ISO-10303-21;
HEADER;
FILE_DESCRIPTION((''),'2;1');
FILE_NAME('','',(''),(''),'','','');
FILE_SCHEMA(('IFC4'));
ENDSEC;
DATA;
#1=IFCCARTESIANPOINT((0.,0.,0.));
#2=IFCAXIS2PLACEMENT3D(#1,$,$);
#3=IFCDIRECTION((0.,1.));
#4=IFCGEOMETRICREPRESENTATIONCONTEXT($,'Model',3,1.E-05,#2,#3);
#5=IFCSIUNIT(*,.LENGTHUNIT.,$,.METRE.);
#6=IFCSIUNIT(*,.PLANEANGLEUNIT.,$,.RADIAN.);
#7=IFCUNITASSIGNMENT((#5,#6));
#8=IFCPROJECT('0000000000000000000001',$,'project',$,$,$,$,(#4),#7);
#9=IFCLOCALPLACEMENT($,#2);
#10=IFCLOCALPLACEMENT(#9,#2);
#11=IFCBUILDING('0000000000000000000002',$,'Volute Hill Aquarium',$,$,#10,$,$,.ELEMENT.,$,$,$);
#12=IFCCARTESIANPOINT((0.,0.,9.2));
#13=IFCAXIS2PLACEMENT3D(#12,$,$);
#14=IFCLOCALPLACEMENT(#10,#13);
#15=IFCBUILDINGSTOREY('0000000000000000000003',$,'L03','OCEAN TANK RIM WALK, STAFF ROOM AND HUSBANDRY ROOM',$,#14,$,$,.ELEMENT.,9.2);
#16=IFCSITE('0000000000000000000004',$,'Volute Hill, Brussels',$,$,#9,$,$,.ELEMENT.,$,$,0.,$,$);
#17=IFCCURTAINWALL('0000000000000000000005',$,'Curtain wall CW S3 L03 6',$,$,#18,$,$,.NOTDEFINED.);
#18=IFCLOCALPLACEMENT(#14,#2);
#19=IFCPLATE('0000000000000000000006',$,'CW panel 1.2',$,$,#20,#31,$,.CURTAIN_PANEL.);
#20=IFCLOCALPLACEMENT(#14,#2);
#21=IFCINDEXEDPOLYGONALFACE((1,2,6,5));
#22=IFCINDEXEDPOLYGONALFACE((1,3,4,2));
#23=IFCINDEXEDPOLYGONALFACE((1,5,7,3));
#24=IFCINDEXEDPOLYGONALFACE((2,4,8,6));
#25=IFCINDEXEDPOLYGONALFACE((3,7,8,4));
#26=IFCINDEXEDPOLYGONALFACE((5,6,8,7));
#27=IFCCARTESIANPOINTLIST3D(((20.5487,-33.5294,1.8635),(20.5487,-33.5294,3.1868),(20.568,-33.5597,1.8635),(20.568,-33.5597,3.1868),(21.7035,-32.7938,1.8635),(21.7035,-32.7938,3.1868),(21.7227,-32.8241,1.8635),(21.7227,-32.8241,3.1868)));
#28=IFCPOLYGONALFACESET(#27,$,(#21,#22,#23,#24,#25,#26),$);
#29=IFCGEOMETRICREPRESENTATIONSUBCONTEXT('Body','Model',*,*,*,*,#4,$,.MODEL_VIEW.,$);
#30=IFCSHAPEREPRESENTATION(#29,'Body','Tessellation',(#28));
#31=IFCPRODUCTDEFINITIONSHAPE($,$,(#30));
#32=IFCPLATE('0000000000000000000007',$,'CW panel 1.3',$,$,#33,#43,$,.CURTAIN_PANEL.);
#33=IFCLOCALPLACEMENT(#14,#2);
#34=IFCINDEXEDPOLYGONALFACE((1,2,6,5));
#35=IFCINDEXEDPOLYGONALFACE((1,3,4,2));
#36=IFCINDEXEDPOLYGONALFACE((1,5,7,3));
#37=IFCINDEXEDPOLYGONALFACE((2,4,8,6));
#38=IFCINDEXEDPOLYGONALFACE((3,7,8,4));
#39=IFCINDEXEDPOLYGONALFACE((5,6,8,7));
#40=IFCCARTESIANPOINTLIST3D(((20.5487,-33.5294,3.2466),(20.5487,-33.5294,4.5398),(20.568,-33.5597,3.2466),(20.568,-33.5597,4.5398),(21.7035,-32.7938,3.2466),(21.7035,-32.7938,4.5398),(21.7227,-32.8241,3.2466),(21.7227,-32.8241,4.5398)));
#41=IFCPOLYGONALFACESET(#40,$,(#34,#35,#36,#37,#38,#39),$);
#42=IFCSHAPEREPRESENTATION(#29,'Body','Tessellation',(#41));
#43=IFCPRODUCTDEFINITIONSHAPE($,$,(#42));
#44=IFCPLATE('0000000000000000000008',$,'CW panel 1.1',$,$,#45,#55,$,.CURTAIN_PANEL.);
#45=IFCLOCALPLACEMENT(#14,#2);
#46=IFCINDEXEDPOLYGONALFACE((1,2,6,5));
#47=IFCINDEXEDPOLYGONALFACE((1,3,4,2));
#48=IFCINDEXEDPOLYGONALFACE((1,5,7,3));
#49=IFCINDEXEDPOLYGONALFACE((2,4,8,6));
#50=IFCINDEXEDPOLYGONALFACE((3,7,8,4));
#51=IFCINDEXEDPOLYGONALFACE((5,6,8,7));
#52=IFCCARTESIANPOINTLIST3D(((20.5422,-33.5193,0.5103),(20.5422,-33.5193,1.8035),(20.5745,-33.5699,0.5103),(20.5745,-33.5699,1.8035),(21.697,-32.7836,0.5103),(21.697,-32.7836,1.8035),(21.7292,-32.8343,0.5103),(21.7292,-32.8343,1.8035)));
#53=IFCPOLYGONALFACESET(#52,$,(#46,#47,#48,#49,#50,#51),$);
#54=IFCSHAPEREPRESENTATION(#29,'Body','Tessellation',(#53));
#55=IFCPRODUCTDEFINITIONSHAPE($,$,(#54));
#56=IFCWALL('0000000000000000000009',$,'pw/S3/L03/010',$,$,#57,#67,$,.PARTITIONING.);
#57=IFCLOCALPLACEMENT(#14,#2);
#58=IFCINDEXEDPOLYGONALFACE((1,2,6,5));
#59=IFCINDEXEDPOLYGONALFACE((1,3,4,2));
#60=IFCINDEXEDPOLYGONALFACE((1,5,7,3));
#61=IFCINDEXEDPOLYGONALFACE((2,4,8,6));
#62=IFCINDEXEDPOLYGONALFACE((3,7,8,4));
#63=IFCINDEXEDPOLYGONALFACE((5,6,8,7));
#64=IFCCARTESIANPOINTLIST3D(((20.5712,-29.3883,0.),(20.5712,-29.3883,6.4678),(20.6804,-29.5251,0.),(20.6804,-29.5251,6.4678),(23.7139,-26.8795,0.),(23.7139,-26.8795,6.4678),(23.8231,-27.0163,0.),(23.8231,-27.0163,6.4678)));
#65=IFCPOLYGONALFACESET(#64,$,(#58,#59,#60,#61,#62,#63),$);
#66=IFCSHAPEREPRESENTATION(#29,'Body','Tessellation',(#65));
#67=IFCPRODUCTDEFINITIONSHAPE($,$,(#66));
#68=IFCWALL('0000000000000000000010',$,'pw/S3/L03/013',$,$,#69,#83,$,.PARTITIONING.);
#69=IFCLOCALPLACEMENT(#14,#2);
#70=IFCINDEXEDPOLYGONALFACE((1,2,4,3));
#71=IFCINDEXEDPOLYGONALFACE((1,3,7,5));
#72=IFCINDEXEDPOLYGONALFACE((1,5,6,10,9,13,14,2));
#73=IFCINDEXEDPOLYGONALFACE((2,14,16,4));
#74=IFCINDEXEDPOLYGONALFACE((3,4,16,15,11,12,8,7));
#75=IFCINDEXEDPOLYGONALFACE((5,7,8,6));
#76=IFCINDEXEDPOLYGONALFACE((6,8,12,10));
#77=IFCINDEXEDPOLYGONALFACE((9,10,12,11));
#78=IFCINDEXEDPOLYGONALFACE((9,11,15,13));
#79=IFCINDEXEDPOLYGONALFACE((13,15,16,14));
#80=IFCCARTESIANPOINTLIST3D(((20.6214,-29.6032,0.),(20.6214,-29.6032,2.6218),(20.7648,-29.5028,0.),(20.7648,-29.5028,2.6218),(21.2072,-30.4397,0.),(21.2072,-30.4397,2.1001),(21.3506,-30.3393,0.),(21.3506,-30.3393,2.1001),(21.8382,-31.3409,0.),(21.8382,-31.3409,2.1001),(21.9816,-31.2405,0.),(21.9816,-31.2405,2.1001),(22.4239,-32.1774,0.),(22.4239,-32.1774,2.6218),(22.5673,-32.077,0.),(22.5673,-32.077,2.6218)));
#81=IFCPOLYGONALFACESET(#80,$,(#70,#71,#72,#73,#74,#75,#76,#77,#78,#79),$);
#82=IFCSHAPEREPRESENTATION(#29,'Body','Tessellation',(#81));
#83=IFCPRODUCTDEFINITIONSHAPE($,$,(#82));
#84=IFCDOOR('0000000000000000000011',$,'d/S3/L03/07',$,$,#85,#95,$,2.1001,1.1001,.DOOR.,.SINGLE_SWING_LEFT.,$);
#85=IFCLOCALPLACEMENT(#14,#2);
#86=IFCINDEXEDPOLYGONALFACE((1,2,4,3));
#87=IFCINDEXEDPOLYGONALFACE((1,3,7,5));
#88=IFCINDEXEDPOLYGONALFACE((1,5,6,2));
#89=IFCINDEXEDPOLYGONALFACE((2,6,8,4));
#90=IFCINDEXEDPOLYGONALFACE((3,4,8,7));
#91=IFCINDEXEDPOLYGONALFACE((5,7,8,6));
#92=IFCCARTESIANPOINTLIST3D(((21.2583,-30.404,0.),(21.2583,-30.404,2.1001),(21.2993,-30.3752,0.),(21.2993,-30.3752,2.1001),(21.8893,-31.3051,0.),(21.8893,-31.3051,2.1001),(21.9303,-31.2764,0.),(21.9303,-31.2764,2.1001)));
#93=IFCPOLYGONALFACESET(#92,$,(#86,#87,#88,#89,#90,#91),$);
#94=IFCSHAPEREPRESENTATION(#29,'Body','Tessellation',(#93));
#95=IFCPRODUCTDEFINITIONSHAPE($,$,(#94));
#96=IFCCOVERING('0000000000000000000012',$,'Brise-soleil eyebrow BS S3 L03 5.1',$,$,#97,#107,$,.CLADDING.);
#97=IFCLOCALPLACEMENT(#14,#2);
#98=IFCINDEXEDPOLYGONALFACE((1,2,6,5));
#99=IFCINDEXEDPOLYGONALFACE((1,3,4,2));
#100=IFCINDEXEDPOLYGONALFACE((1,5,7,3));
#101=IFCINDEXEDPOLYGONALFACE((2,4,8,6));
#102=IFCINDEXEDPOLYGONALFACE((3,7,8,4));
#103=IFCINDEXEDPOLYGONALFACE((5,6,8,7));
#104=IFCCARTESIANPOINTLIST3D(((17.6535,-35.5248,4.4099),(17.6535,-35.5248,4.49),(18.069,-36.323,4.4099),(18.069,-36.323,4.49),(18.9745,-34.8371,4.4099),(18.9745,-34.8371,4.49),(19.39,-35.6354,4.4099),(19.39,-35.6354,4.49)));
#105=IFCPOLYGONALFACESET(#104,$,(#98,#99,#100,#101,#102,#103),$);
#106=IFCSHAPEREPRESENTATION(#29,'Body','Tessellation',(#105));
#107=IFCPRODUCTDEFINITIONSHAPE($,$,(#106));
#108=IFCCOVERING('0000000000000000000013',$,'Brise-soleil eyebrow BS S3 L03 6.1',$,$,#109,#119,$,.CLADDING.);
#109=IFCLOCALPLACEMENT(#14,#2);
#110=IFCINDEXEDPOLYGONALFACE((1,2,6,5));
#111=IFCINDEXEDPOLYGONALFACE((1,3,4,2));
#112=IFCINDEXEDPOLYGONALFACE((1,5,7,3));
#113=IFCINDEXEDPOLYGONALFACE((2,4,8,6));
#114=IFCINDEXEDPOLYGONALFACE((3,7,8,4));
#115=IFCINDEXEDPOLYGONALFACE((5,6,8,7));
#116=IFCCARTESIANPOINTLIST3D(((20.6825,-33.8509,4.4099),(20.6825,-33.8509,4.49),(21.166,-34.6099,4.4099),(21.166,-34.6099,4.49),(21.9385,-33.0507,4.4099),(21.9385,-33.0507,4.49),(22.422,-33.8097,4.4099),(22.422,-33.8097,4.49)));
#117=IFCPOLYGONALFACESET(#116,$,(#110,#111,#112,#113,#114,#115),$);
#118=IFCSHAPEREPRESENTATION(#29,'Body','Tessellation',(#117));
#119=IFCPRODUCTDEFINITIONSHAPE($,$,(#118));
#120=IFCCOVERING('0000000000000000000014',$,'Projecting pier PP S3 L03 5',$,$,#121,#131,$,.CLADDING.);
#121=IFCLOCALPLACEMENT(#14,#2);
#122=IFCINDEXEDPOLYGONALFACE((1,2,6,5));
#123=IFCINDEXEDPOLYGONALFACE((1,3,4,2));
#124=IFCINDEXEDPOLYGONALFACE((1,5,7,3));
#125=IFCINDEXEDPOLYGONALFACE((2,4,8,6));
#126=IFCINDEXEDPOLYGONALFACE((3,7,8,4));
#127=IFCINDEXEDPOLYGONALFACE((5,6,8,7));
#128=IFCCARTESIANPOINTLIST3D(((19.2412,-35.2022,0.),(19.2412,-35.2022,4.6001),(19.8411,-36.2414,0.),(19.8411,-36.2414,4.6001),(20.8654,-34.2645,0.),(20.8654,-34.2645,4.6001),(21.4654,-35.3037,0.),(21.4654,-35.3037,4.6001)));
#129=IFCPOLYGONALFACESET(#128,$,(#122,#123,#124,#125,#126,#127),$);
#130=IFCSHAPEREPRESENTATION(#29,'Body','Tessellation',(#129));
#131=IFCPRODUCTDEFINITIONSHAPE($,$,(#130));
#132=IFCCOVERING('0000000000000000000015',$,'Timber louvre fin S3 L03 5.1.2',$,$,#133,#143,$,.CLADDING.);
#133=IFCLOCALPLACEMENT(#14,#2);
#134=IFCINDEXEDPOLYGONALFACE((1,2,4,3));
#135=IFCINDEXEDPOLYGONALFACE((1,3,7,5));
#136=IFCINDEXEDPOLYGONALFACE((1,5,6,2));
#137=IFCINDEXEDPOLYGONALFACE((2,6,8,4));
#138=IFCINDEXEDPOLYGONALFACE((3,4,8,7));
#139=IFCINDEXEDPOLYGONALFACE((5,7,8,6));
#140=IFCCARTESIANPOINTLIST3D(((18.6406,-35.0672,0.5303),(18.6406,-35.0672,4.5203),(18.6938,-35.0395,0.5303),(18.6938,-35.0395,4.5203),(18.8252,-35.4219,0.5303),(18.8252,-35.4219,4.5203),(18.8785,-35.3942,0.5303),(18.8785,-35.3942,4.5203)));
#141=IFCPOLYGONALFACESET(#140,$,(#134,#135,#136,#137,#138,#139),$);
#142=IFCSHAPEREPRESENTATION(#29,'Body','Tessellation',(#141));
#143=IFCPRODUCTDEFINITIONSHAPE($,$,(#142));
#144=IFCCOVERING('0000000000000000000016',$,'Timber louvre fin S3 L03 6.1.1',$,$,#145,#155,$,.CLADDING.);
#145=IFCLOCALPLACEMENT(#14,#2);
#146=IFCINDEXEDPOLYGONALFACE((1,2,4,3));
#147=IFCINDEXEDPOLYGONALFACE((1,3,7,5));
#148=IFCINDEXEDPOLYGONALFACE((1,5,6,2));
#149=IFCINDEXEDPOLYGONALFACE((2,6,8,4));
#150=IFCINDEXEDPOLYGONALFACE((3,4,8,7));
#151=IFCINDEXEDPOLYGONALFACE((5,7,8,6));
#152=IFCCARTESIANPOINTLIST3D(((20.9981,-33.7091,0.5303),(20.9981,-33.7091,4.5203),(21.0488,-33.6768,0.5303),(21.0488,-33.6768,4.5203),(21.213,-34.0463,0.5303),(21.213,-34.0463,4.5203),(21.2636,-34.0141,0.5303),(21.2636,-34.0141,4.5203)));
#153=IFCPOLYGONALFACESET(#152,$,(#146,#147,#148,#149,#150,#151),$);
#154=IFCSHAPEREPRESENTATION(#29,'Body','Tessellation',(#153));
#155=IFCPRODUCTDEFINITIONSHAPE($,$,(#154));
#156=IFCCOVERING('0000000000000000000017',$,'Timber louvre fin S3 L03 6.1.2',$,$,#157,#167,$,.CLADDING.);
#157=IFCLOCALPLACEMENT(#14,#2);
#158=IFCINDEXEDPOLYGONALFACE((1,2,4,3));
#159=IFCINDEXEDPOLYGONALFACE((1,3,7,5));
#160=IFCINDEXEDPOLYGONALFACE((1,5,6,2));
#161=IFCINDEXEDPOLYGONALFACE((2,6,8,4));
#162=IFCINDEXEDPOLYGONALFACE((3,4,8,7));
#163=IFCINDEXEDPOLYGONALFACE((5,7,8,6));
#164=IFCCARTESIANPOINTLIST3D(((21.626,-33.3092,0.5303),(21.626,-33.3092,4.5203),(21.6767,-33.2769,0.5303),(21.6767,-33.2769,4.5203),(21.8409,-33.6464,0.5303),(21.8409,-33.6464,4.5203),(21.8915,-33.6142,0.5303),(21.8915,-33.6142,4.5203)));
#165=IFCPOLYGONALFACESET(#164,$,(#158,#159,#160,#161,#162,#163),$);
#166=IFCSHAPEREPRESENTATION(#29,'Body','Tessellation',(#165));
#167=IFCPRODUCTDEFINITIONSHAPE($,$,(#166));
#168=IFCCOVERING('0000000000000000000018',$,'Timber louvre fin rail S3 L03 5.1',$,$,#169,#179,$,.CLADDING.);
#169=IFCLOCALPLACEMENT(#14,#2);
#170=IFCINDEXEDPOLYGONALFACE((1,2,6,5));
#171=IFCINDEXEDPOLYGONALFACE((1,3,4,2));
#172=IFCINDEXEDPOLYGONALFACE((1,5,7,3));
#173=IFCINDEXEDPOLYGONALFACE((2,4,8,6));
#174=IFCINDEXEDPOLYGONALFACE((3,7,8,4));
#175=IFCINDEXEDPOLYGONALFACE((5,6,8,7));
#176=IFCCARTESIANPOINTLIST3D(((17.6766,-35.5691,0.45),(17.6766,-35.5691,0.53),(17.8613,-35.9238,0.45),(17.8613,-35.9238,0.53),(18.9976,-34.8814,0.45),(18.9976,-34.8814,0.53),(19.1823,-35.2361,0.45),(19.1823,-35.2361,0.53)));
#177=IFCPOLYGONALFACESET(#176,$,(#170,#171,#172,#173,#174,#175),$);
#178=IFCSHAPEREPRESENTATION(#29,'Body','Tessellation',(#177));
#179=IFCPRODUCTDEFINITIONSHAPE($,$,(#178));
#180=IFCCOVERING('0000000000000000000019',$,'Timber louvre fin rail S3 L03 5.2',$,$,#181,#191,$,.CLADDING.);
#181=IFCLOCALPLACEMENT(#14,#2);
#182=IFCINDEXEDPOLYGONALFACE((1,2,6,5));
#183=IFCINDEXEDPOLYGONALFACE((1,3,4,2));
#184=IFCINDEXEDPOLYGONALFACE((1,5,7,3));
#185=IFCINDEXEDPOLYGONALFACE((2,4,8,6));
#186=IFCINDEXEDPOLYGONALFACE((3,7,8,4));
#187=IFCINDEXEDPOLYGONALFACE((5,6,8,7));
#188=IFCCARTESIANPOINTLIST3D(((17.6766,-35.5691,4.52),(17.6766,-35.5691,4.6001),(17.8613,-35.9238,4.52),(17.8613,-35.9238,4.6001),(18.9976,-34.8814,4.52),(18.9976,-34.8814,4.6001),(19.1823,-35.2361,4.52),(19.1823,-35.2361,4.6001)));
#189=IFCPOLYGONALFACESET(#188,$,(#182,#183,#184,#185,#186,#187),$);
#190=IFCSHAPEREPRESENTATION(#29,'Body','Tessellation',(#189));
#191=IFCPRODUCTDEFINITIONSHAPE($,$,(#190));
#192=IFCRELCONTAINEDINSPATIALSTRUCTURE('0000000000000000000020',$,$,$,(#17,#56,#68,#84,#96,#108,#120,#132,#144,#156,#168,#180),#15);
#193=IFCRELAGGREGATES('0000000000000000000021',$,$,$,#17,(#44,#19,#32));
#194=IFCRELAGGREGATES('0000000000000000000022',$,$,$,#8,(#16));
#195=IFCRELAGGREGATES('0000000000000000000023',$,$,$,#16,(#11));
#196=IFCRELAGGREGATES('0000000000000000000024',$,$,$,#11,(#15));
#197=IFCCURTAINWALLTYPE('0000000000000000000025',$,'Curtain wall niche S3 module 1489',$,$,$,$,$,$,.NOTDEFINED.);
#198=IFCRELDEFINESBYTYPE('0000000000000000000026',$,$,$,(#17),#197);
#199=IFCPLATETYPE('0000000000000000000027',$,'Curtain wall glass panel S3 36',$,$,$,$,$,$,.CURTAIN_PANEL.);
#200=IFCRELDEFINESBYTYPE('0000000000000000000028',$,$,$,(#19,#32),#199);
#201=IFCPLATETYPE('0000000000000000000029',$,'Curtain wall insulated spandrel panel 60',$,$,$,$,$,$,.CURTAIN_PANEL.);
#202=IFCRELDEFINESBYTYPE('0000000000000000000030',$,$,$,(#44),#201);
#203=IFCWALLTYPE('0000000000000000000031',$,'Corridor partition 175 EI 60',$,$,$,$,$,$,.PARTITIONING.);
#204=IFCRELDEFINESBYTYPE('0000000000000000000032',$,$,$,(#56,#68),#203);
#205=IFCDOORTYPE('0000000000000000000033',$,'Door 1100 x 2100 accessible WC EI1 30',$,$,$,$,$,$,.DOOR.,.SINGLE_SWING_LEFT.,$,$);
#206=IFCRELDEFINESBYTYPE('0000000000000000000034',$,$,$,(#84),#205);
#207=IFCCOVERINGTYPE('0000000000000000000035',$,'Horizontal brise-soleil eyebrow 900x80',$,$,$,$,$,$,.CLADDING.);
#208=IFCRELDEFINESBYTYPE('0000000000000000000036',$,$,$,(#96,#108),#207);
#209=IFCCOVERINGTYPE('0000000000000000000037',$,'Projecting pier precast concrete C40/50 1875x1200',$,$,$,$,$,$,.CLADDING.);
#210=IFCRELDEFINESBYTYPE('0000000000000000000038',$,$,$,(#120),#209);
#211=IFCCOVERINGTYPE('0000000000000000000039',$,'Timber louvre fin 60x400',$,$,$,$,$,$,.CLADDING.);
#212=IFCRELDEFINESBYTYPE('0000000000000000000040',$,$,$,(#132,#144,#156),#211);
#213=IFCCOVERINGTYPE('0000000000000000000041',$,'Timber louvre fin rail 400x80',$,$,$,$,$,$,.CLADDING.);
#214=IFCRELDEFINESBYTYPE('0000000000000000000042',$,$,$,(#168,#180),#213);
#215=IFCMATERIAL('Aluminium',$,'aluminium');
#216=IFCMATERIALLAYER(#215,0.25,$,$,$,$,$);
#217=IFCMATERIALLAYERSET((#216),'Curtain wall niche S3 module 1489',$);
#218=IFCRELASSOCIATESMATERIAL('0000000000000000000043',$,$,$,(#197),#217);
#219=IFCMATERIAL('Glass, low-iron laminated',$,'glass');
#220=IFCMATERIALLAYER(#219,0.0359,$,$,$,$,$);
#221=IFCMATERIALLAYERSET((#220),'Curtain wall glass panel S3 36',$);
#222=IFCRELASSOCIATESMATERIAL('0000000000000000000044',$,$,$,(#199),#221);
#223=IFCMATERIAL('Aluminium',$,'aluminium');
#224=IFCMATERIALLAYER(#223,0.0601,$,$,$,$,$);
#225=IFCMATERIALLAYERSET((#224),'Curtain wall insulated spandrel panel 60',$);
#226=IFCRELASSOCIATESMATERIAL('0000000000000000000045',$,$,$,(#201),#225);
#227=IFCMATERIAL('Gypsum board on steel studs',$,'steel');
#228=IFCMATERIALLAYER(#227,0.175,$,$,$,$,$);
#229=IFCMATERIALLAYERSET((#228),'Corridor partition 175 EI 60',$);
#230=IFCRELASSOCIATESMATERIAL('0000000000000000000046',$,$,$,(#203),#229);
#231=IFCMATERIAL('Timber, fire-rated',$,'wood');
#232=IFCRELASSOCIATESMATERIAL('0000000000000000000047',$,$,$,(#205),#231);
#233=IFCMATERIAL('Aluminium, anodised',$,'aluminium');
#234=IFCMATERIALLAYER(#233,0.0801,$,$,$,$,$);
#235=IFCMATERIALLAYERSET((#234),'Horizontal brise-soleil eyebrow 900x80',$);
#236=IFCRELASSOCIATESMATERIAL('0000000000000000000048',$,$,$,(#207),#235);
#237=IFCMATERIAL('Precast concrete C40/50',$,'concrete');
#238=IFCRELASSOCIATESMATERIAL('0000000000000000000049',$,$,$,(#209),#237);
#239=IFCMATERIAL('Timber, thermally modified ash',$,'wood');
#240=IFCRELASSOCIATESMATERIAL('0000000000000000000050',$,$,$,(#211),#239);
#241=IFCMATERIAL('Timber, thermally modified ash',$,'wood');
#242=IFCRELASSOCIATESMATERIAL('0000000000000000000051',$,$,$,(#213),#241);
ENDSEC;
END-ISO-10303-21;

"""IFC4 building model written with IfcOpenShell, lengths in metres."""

from ifc_helpers import new_model, si_unit, direction, frame, frame_2d, origin, origin_2d, place, context, subcontext, project, spatial, rectangle, extrude, material, layer, layer_set, type_object, element, fill, aggregate, save


model = new_model("IFC4")

# Units and contexts
model_context = context("Model", 3, precision=1e-05, world=origin(), true_north=direction((0.0, 1.0)))
body_context = subcontext(model_context, "Body", "Model", "MODEL_VIEW")
ifc_project = project(units=[si_unit("LENGTHUNIT", "METRE"), si_unit("PLANEANGLEUNIT", "RADIAN")], contexts=[model_context])

# Site, building, storey
site_placement = place(None, origin())
site = spatial("IfcSite", under=ifc_project, at=site_placement, Name="Volute Hill, Brussels", CompositionType="ELEMENT", RefElevation=0.0)
building_placement = place(site_placement, origin())
building = spatial("IfcBuilding", under=site, at=building_placement, Name="Volute Hill Aquarium", CompositionType="ELEMENT")
storey_placement = place(building_placement, frame((0.0, 0.0, 9.2)))
storey = spatial("IfcBuildingStorey", under=building, at=storey_placement, Name="L03", Description="OCEAN TANK RIM WALK, STAFF ROOM AND HUSBANDRY ROOM", CompositionType="ELEMENT", Elevation=9.2)

# Shared definitions
ifc_material_1 = material(Name="Aluminium", Category="aluminium")
ifc_layer_1 = layer(ifc_material_1, 0.25)
ifc_layer_set_1 = layer_set([ifc_layer_1], Name="Curtain wall niche S3 module 1489")
curtain_wall_type = type_object("IfcCurtainWallType", Name="Curtain wall niche S3 module 1489", PredefinedType="NOTDEFINED", material=ifc_layer_set_1)

# Curtain wall
curtain_wall_1_placement = place(storey_placement, origin())
curtain_wall_1 = element("IfcCurtainWall", 1, at=curtain_wall_1_placement, inside=storey, type_object=curtain_wall_type, Name="Curtain wall CW S3 L03 6", PredefinedType="NOTDEFINED")

# Plates
ifc_material_2 = material(Name="Glass, low-iron laminated", Category="glass")
ifc_layer_2 = layer(ifc_material_2, 0.0359)
ifc_layer_set_2 = layer_set([ifc_layer_2], Name="Curtain wall glass panel S3 36")
plate_type_1 = type_object("IfcPlateType", Name="Curtain wall glass panel S3 36", PredefinedType="CURTAIN_PANEL", material=ifc_layer_set_2)
plate_1_placement = place(storey_placement, frame((21.1357, -33.1768, 1.8635), z_axis=(0.0, 0.0, 1.0), x_axis=(0.843387, 0.537307, 0.0)))
plate_1 = element("IfcPlate", 2, at=plate_1_placement, type_object=plate_type_1, Name="CW panel 1.2", PredefinedType="CURTAIN_PANEL", context=body_context, shape_type="SweptSolid", body=[
    extrude(rectangle(XDim=1.3691, YDim=0.0359, at=origin_2d()), origin(), (0.0, 0.0, 1.0), 1.3232),
])
plate_2_placement = place(storey_placement, frame((21.1357, -33.1768, 3.2466), z_axis=(0.0, 0.0, 1.0), x_axis=(0.843387, 0.537307, 0.0)))
plate_2 = element("IfcPlate", 3, at=plate_2_placement, type_object=plate_type_1, Name="CW panel 1.3", PredefinedType="CURTAIN_PANEL", context=body_context, shape_type="SweptSolid", body=[
    extrude(rectangle(XDim=1.3691, YDim=0.0359, at=origin_2d()), origin(), (0.0, 0.0, 1.0), 1.2932),
])
ifc_material_3 = material(Name="Aluminium", Category="aluminium")
ifc_layer_3 = layer(ifc_material_3, 0.0601)
ifc_layer_set_3 = layer_set([ifc_layer_3], Name="Curtain wall insulated spandrel panel 60")
plate_type_2 = type_object("IfcPlateType", Name="Curtain wall insulated spandrel panel 60", PredefinedType="CURTAIN_PANEL", material=ifc_layer_set_3)
plate_3_placement = place(storey_placement, frame((21.1357, -33.1768, 0.5103), z_axis=(0.0, 0.0, 1.0), x_axis=(0.843387, 0.537307, 0.0)))
plate_3 = element("IfcPlate", 4, at=plate_3_placement, type_object=plate_type_2, Name="CW panel 1.1", PredefinedType="CURTAIN_PANEL", context=body_context, shape_type="SweptSolid", body=[
    extrude(rectangle(XDim=1.3691, YDim=0.0601, at=origin_2d()), origin(), (0.0, 0.0, 1.0), 1.2932),
])
aggregate(curtain_wall_1, [plate_3, plate_1, plate_2])

# Wall
ifc_material_4 = material(Name="Gypsum board on steel studs", Category="steel")
ifc_layer_4 = layer(ifc_material_4, 0.175)
ifc_layer_set_4 = layer_set([ifc_layer_4], Name="Corridor partition 175 EI 60")
wall_type = type_object("IfcWallType", Name="Corridor partition 175 EI 60", PredefinedType="PARTITIONING", material=ifc_layer_set_4)
wall_1_placement = place(storey_placement, frame((20.6257, -29.4568, 0.0), z_axis=(0.0, 0.0, 1.0), x_axis=(0.781508, 0.623895, 0.0)))
element("IfcWall", 5, at=wall_1_placement, inside=storey, type_object=wall_type, Name="pw/S3/L03/010", PredefinedType="PARTITIONING", context=body_context, shape_type="SweptSolid", body=[
    extrude(rectangle(XDim=4.0212, YDim=0.175, at=frame_2d((2.0107, 0.0))), origin(), (0.0, 0.0, 1.0), 6.4678),
])

# Wall, opening, door
wall_2_placement = place(storey_placement, frame((20.6931, -29.553, 0.0), z_axis=(0.0, 0.0, 1.0), x_axis=(0.573577, -0.819152, 0.0)))
wall_2 = element("IfcWall", 6, at=wall_2_placement, inside=storey, type_object=wall_type, Name="pw/S3/L03/013", PredefinedType="PARTITIONING", context=body_context, shape_type="SweptSolid", body=[
    extrude(rectangle(XDim=3.1426, YDim=0.175, at=frame_2d((1.5713, 0.0))), origin(), (0.0, 0.0, 1.0), 2.6218),
])
opening_placement = place(wall_2_placement, frame((1.0212, 0.0, 0.0)))
opening = element("IfcOpeningElement", 7, at=opening_placement, cuts=wall_2, PredefinedType="OPENING", context=body_context, shape_type="SweptSolid", body=[
    extrude(rectangle(XDim=1.1001, YDim=2.1001, at=frame_2d((0.55, 1.05))), frame((0.0, 0.0974, 0.0), z_axis=(0.0, -1.0, 0.0), x_axis=(1.0, 0.0, 0.0)), (0.0, 0.0, 1.0), 0.1951),
])
ifc_material_5 = material(Name="Timber, fire-rated", Category="wood")
door_type = type_object("IfcDoorType", Name="Door 1100 x 2100 accessible WC EI1 30", OperationType="SINGLE_SWING_LEFT", PredefinedType="DOOR", material=ifc_material_5)
door_placement = place(opening_placement, origin())
door = element("IfcDoor", 8, at=door_placement, inside=storey, type_object=door_type, Name="d/S3/L03/07", OperationType="SINGLE_SWING_LEFT", OverallHeight=2.1001, OverallWidth=1.1001, PredefinedType="DOOR", context=body_context, shape_type="SweptSolid", body=[
    extrude(rectangle(XDim=1.1001, YDim=2.1001, at=frame_2d((0.55, 1.05))), frame((0.0, 0.0249, 0.0), z_axis=(0.0, -1.0, 0.0), x_axis=(1.0, 0.0, 0.0)), (0.0, 0.0, 1.0), 0.05),
])
fill(opening, door)

# Coverings
ifc_material_6 = material(Name="Aluminium, anodised", Category="aluminium")
ifc_layer_5 = layer(ifc_material_6, 0.0801)
ifc_layer_set_5 = layer_set([ifc_layer_5], Name="Horizontal brise-soleil eyebrow 900x80")
covering_type_1 = type_object("IfcCoveringType", Name="Horizontal brise-soleil eyebrow 900x80", PredefinedType="CLADDING", material=ifc_layer_set_5)
for number, where, z_axis, x_axis, name in (
    (9, (18.5217, -35.5801, 4.4099), (0.0, 0.0, 1.0), (0.887015, 0.461741, 0.0), "Brise-soleil eyebrow BS S3 L03 5.1"),
    (10, (21.5522, -33.8303, 4.4099), (0.0, 0.0, 1.0), (0.843389, 0.537303, 0.0), "Brise-soleil eyebrow BS S3 L03 6.1"),
):
    element("IfcCovering", number, at=place(storey_placement, frame(where, z_axis=z_axis, x_axis=x_axis)), inside=storey, type_object=covering_type_1, Name=name, PredefinedType="CLADDING", context=body_context, shape_type="SweptSolid", body=[
        extrude(rectangle(XDim=1.4893, YDim=0.8999, at=origin_2d()), origin(), (0.0, 0.0, 1.0), 0.0801),
    ])
ifc_material_7 = material(Name="Precast concrete C40/50", Category="concrete")
covering_type_2 = type_object("IfcCoveringType", Name="Projecting pier precast concrete C40/50 1875x1200", PredefinedType="CLADDING", material=ifc_material_7)
covering_1_placement = place(storey_placement, frame((20.3533, -35.2529, 0.0), z_axis=(0.0, 0.0, 1.0), x_axis=(0.866025, 0.5, 0.0)))
element("IfcCovering", 11, at=covering_1_placement, inside=storey, type_object=covering_type_2, Name="Projecting pier PP S3 L03 5", PredefinedType="CLADDING", context=body_context, shape_type="SweptSolid", body=[
    extrude(rectangle(XDim=1.8755, YDim=1.2, at=origin_2d()), origin(), (0.0, 0.0, 1.0), 4.6001),
])
ifc_material_8 = material(Name="Timber, thermally modified ash", Category="wood")
covering_type_3 = type_object("IfcCoveringType", Name="Timber louvre fin 60x400", PredefinedType="CLADDING", material=ifc_material_8)
for number, where, z_axis, x_axis, name in (
    (12, (18.7595, -35.2307, 0.5303), (0.0, 0.0, 1.0), (0.887015, 0.461741, 0.0), "Timber louvre fin S3 L03 5.1.2"),
    (13, (21.1309, -33.8616, 0.5303), (0.0, 0.0, 1.0), (0.843389, 0.537303, 0.0), "Timber louvre fin S3 L03 6.1.1"),
    (14, (21.7588, -33.4617, 0.5303), (0.0, 0.0, 1.0), (0.843389, 0.537303, 0.0), "Timber louvre fin S3 L03 6.1.2"),
):
    element("IfcCovering", number, at=place(storey_placement, frame(where, z_axis=z_axis, x_axis=x_axis)), inside=storey, type_object=covering_type_3, Name=name, PredefinedType="CLADDING", context=body_context, shape_type="SweptSolid", body=[
        extrude(rectangle(XDim=0.0601, YDim=0.3999, at=origin_2d()), origin(), (0.0, 0.0, 1.0), 3.99),
    ])
ifc_material_9 = material(Name="Timber, thermally modified ash", Category="wood")
covering_type_4 = type_object("IfcCoveringType", Name="Timber louvre fin rail 400x80", PredefinedType="CLADDING", material=ifc_material_9)
for number, where, z_axis, x_axis, name in (
    (15, (18.4294, -35.4026, 0.45), (0.0, 0.0, 1.0), (0.887015, 0.461741, 0.0), "Timber louvre fin rail S3 L03 5.1"),
    (16, (18.4294, -35.4026, 4.52), (0.0, 0.0, 1.0), (0.887015, 0.461741, 0.0), "Timber louvre fin rail S3 L03 5.2"),
):
    element("IfcCovering", number, at=place(storey_placement, frame(where, z_axis=z_axis, x_axis=x_axis)), inside=storey, type_object=covering_type_4, Name=name, PredefinedType="CLADDING", context=body_context, shape_type="SweptSolid", body=[
        extrude(rectangle(XDim=1.4893, YDim=0.3999, at=origin_2d()), origin(), (0.0, 0.0, 1.0), 0.0801),
    ])

save(model, "model.ifc")
